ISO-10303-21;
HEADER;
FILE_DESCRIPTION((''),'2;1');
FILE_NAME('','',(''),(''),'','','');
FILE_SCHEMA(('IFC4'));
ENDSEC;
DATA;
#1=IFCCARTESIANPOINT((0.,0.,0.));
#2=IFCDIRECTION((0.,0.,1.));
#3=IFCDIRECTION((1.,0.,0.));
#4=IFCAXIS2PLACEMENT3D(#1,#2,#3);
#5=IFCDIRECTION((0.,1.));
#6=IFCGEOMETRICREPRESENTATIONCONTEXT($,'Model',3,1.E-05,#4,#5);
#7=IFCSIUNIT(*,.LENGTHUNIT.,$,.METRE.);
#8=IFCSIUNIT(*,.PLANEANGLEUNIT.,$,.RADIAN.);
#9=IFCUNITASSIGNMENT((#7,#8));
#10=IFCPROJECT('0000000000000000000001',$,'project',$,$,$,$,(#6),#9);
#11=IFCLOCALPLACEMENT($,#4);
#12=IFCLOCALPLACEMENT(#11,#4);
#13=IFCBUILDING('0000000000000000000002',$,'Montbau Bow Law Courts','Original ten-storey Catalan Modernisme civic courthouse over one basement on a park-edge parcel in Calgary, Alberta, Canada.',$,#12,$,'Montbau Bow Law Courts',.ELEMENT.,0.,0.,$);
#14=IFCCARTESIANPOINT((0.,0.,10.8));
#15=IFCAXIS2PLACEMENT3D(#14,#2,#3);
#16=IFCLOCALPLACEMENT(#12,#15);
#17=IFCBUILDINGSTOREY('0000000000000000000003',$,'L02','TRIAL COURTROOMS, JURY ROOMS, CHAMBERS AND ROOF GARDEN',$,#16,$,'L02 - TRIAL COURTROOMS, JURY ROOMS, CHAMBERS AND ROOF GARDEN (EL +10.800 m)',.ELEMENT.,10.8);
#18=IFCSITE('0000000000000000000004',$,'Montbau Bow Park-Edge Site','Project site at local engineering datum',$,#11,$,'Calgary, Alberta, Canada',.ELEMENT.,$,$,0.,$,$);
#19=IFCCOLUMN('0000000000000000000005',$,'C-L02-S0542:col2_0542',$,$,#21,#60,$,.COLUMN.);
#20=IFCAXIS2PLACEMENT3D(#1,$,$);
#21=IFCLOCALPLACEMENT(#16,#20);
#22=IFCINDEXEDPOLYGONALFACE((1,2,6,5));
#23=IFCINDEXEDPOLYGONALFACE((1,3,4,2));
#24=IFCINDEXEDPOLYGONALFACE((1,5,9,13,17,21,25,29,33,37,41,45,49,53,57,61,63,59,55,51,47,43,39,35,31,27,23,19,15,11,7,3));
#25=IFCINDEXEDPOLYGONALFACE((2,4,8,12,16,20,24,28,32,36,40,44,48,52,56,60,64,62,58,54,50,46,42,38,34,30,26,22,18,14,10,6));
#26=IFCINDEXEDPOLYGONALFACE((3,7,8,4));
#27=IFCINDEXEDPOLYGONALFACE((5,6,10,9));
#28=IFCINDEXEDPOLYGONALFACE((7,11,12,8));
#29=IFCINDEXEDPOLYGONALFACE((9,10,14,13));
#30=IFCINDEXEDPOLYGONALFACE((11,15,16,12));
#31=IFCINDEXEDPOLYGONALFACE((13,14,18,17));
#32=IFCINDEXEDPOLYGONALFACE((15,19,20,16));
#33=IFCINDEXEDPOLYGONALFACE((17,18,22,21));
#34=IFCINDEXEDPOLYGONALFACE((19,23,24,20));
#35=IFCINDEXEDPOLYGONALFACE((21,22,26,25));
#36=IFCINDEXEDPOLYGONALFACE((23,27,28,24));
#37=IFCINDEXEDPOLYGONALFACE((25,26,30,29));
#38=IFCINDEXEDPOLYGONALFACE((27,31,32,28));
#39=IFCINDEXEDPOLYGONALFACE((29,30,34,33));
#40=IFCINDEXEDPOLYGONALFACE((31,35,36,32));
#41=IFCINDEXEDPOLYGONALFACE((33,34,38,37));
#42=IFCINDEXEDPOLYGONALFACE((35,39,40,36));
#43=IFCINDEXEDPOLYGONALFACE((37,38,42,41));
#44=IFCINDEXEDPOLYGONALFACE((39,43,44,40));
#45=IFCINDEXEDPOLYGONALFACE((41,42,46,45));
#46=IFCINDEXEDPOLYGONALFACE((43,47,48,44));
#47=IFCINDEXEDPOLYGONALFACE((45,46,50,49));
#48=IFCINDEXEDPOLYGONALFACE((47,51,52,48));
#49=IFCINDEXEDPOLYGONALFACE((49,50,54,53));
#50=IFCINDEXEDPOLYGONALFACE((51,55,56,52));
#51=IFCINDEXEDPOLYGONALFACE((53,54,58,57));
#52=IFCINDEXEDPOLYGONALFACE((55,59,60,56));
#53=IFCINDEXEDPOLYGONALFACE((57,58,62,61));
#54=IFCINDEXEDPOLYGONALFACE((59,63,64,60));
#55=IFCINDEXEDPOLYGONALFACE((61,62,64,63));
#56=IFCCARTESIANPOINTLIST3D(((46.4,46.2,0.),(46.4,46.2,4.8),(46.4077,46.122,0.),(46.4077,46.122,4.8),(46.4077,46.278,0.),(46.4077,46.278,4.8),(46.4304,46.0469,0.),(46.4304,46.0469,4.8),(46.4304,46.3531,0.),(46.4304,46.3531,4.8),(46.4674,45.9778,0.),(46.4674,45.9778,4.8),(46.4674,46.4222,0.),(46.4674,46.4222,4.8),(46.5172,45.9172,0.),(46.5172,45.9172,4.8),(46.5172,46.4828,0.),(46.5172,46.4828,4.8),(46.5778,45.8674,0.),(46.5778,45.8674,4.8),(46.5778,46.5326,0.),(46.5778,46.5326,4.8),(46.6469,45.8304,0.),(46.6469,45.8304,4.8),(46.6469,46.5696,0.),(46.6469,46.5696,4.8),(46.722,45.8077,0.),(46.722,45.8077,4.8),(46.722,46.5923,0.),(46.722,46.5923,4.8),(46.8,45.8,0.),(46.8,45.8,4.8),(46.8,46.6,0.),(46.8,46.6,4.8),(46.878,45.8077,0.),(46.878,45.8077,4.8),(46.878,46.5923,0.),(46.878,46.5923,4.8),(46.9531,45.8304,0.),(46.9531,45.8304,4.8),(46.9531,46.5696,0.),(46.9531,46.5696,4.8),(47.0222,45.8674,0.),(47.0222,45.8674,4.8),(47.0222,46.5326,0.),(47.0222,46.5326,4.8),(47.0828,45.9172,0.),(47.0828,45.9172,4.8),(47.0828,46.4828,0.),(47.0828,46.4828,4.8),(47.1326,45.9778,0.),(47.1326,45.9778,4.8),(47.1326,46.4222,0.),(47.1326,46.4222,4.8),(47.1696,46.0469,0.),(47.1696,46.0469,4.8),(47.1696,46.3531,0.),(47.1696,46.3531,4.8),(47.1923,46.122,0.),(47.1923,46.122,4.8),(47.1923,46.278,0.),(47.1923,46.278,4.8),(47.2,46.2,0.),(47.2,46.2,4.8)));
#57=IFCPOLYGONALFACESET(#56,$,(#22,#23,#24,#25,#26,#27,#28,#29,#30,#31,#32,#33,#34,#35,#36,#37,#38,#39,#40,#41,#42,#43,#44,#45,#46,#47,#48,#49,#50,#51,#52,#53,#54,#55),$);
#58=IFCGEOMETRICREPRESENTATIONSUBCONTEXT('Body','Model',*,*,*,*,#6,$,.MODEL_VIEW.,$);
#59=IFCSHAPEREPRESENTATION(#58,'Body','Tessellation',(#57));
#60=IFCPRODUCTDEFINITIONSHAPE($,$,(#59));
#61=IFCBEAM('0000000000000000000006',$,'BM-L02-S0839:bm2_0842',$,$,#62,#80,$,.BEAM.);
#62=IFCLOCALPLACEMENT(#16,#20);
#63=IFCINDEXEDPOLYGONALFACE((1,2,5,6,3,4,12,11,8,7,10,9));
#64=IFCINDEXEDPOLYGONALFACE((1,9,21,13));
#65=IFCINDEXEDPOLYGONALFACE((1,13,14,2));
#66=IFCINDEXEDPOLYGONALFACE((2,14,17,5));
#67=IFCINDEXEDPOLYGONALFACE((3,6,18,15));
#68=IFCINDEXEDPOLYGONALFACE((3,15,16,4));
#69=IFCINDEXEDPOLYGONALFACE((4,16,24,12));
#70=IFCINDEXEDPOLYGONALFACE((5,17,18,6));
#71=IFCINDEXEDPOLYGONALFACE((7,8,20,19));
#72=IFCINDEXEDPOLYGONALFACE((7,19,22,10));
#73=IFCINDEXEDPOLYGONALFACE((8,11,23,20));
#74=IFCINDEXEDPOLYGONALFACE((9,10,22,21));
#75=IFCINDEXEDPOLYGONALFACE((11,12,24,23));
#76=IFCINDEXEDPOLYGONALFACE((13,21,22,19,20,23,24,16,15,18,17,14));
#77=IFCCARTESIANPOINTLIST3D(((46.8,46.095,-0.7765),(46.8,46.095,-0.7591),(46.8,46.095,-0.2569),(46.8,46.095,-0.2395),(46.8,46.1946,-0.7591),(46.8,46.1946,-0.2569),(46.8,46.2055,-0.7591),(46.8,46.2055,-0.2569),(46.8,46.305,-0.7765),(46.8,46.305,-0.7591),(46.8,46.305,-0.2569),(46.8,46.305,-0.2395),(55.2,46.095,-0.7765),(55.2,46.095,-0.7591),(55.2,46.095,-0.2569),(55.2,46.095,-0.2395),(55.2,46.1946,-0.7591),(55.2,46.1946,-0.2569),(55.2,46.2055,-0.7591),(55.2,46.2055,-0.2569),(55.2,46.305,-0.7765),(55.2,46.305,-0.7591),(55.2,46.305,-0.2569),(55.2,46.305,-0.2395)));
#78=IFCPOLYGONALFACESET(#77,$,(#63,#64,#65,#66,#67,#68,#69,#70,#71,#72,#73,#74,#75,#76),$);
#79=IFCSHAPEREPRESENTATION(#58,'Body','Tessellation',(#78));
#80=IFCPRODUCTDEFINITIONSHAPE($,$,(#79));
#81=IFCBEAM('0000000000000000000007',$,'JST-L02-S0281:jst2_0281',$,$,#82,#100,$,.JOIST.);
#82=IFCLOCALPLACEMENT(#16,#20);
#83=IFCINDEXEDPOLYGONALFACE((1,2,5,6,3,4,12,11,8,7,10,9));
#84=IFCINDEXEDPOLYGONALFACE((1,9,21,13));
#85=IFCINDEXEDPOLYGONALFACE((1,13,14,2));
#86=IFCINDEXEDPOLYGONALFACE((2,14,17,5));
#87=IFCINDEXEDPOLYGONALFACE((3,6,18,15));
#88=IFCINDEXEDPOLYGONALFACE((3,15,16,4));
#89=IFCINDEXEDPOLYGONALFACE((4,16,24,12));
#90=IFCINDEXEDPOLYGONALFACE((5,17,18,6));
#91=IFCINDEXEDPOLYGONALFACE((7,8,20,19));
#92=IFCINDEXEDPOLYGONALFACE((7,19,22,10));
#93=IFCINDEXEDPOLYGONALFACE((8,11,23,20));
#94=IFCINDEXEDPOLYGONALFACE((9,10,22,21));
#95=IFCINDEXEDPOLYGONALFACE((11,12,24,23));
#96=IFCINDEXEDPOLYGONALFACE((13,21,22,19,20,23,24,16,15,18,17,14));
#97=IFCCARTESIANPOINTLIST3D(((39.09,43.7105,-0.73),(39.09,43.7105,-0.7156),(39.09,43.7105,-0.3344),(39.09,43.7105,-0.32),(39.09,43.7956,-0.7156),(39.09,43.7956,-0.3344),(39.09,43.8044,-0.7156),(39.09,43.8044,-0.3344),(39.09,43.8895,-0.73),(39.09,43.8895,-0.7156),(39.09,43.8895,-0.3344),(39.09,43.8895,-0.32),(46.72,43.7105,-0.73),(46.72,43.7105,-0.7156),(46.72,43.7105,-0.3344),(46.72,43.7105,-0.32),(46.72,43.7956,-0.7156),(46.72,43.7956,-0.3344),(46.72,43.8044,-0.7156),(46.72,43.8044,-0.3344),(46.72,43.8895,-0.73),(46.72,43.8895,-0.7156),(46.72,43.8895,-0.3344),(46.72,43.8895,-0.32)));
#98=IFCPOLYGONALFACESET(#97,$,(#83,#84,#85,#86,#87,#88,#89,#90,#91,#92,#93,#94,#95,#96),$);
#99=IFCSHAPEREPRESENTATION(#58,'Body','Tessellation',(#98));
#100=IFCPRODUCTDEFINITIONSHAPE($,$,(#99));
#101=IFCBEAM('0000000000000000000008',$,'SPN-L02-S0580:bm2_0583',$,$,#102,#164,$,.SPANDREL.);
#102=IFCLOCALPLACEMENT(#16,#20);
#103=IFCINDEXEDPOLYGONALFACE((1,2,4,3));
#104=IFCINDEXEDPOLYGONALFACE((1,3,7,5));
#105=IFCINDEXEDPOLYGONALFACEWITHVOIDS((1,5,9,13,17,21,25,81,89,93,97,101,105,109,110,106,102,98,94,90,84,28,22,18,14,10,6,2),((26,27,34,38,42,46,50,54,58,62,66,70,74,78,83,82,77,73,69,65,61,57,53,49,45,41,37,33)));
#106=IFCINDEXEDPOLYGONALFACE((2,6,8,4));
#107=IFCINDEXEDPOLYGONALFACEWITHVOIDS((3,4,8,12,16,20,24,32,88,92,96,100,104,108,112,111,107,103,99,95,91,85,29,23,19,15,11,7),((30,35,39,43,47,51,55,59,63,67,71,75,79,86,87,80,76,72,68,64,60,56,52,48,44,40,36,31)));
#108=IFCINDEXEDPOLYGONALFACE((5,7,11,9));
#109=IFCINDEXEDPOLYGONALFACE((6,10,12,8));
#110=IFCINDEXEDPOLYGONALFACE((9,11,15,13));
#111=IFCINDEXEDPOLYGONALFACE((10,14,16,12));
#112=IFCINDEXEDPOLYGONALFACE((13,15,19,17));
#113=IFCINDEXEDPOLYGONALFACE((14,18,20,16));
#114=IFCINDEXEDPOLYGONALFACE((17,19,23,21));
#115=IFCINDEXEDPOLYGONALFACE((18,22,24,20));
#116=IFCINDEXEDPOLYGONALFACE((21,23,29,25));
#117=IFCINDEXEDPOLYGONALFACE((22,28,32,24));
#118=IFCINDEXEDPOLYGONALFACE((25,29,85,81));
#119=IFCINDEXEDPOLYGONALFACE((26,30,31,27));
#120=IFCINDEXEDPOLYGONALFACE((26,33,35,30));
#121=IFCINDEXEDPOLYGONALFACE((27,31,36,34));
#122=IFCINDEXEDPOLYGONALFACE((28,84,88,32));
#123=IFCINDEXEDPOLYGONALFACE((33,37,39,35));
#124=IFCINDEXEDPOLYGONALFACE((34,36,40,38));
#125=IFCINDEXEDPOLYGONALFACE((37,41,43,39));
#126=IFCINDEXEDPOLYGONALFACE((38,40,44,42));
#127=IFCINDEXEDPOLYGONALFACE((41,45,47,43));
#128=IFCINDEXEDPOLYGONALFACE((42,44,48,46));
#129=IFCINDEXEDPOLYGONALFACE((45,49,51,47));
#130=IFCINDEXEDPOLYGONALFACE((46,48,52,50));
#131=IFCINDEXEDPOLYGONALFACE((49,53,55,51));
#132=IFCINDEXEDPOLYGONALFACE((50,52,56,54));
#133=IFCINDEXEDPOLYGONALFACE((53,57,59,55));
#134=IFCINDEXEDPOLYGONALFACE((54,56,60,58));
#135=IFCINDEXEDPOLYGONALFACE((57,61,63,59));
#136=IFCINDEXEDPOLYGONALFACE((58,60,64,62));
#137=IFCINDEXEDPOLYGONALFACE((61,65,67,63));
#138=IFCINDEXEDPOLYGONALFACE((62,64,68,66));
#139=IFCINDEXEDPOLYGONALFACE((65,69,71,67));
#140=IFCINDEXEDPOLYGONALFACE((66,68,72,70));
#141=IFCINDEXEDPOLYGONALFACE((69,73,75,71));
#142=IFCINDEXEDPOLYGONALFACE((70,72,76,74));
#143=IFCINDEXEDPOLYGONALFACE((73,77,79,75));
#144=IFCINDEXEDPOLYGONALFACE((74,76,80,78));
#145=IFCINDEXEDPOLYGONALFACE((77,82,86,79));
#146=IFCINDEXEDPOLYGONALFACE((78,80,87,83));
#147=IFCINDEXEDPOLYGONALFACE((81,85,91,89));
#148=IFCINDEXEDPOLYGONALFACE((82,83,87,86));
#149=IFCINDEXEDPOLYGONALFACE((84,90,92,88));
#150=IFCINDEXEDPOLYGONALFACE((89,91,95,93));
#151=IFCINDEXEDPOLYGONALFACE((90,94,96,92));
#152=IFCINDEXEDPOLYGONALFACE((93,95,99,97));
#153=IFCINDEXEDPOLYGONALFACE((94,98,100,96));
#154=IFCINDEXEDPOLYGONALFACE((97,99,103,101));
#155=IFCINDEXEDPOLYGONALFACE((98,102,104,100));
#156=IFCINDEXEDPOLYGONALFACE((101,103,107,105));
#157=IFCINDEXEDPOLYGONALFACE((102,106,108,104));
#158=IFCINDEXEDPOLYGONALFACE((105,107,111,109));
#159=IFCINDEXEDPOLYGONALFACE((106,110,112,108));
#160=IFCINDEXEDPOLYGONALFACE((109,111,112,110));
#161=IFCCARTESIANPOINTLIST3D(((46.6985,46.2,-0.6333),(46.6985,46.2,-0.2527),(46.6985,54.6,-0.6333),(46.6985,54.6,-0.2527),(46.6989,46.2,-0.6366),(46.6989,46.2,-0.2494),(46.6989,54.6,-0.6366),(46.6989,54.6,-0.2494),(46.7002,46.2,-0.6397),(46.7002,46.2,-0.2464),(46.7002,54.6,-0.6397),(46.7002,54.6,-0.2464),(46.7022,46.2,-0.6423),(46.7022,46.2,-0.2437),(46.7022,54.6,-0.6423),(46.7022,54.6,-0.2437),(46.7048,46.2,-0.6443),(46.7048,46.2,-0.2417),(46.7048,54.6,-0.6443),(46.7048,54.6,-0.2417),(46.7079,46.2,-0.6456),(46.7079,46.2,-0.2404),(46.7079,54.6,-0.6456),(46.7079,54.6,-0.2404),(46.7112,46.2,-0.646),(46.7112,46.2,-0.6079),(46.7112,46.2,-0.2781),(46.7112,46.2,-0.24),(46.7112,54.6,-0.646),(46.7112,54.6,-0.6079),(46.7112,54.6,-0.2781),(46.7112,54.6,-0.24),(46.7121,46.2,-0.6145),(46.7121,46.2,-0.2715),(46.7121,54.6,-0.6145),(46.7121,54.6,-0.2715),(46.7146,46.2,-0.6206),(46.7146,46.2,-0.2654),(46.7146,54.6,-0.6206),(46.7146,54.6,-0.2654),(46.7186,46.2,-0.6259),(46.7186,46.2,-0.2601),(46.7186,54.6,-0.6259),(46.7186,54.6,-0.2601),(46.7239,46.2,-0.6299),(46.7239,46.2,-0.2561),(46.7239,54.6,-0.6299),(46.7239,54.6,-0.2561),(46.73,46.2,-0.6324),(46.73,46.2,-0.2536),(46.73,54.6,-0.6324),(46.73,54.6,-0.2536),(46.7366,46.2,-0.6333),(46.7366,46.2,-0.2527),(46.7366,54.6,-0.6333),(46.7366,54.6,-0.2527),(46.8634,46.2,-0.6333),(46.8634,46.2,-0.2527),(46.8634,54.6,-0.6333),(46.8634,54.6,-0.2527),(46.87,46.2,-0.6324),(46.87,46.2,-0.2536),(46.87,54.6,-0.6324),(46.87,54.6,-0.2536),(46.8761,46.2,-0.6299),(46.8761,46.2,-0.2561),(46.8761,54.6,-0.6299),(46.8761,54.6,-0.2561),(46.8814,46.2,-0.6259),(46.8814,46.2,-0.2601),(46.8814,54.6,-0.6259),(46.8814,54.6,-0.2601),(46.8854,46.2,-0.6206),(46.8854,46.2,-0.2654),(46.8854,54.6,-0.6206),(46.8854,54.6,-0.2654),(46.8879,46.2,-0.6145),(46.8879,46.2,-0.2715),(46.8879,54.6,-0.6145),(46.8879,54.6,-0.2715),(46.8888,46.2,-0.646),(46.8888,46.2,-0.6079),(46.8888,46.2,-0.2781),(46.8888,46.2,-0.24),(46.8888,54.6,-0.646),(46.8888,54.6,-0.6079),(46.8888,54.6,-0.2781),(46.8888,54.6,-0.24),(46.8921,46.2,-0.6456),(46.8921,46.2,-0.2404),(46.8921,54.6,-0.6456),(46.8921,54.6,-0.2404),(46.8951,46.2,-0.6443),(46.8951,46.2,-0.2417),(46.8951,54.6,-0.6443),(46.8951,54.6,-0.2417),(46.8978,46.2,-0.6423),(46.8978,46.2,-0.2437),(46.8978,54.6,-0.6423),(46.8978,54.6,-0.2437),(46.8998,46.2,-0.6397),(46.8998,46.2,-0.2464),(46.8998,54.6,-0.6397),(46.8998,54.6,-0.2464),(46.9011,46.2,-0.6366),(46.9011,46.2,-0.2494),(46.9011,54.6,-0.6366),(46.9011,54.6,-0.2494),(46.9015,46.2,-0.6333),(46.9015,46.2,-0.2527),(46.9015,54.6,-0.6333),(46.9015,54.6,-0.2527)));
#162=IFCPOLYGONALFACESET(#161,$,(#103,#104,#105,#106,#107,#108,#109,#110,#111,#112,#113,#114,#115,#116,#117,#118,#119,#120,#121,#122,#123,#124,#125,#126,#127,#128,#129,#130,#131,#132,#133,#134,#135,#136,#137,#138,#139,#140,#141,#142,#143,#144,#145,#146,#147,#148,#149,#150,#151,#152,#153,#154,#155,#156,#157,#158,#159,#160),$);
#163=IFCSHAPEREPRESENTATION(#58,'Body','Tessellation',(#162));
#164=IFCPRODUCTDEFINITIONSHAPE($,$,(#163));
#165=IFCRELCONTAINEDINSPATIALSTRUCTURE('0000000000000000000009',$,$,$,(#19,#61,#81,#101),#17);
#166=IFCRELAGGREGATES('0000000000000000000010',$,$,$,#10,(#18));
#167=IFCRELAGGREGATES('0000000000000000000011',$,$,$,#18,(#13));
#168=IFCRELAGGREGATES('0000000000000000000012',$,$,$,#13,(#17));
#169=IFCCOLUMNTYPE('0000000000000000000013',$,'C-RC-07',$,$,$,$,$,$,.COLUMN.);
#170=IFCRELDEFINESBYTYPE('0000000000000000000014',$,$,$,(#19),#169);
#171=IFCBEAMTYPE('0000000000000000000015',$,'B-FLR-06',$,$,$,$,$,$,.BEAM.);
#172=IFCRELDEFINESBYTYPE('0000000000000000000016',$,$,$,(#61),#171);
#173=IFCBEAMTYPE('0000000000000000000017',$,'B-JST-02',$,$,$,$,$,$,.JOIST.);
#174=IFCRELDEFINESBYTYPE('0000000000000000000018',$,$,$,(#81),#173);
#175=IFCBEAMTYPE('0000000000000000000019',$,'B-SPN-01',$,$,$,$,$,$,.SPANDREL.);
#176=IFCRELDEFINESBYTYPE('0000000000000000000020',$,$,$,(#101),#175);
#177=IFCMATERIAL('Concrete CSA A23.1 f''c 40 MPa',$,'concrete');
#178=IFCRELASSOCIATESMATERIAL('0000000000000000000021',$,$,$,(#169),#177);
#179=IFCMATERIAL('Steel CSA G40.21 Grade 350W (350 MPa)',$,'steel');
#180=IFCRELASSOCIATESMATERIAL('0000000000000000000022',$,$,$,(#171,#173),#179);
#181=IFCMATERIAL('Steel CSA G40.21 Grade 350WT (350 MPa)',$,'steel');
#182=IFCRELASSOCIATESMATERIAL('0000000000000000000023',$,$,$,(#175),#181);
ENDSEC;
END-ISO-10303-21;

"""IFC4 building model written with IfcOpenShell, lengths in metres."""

from ifc_helpers import new_model, si_unit, direction, frame, origin_with_axes, origin_2d_with_axis, place, context, subcontext, project, spatial, hollow_rectangle, circle, i_section, extrude, material, material_profile, profile_set, type_object, element, save


model = new_model("IFC4")

# Units and contexts
model_context = context("Model", 3, precision=1e-05, world=origin_with_axes(), true_north=direction((0.0, 1.0)))
body_context = subcontext(model_context, "Body", "Model", "MODEL_VIEW")
ifc_project = project(units=[si_unit("LENGTHUNIT", "METRE"), si_unit("PLANEANGLEUNIT", "RADIAN")], contexts=[model_context])

# Site, building, storey
site_placement = place(None, origin_with_axes())
site = spatial("IfcSite", under=ifc_project, at=site_placement, Name="Montbau Bow Park-Edge Site", Description="Project site at local engineering datum", LongName="Calgary, Alberta, Canada", CompositionType="ELEMENT", RefElevation=0.0)
building_placement = place(site_placement, origin_with_axes())
building = spatial("IfcBuilding", under=site, at=building_placement, Name="Montbau Bow Law Courts", Description="Original ten-storey Catalan Modernisme civic courthouse over one basement on a park-edge parcel in Calgary, Alberta, Canada.", LongName="Montbau Bow Law Courts", CompositionType="ELEMENT", ElevationOfRefHeight=0.0, ElevationOfTerrain=0.0)
storey_placement = place(building_placement, frame((0.0, 0.0, 10.8), z_axis=(0.0, 0.0, 1.0), x_axis=(1.0, 0.0, 0.0)))
storey = spatial("IfcBuildingStorey", under=building, at=storey_placement, Name="L02", Description="TRIAL COURTROOMS, JURY ROOMS, CHAMBERS AND ROOF GARDEN", LongName="L02 - TRIAL COURTROOMS, JURY ROOMS, CHAMBERS AND ROOF GARDEN (EL +10.800 m)", CompositionType="ELEMENT", Elevation=10.8)

# Column
ifc_material_1 = material(Name="Concrete CSA A23.1 f'c 40 MPa", Category="concrete")
ifc_material_profile_1 = material_profile(ifc_material_1, circle(Radius=0.4, at=origin_2d_with_axis()), Name="RC800D", Category="Main", Priority=0)
ifc_profile_set_1 = profile_set([ifc_material_profile_1], Name="Concrete CSA A23.1 f'c 40 MPa")
column_type = type_object("IfcColumnType", Name="C-RC-07", PredefinedType="COLUMN", material=ifc_profile_set_1)
column_placement = place(None, frame((46.8, 46.2, 10.8), z_axis=(0.0, 0.0, 1.0), x_axis=(1.0, 0.0, 0.0)))
element("IfcColumn", 1, at=column_placement, inside=storey, type_object=column_type, Name="C-L02-S0542:col2_0542", PredefinedType="COLUMN", context=body_context, shape_type="SweptSolid", body=[
    extrude(circle(Radius=0.4, at=origin_2d_with_axis()), origin_with_axes(), (0.0, 0.0, 1.0), 4.8),
])

# Beams
ifc_material_2 = material(Name="Steel CSA G40.21 Grade 350W (350 MPa)", Category="steel")
ifc_material_profile_2 = material_profile(ifc_material_2, i_section(OverallWidth=0.21, OverallDepth=0.537, WebThickness=0.0109, FlangeThickness=0.0174, at=origin_2d_with_axis()), Name="W530X101", Category="Main", Priority=0)
ifc_profile_set_2 = profile_set([ifc_material_profile_2], Name="Steel CSA G40.21 Grade 350W (350 MPa)")
beam_type_1 = type_object("IfcBeamType", Name="B-FLR-06", PredefinedType="BEAM", material=ifc_profile_set_2)
beam_1_placement = place(None, frame((46.8, 46.2, 10.292), z_axis=(1.0, 0.0, 0.0), x_axis=(0.0, 1.0, 0.0)))
element("IfcBeam", 2, at=beam_1_placement, inside=storey, type_object=beam_type_1, Name="BM-L02-S0839:bm2_0842", PredefinedType="BEAM", context=body_context, shape_type="SweptSolid", body=[
    extrude(i_section(OverallWidth=0.21, OverallDepth=0.537, WebThickness=0.0109, FlangeThickness=0.0174, at=origin_2d_with_axis()), origin_with_axes(), (0.0, 0.0, 1.0), 8.4),
])
ifc_material_profile_3 = material_profile(ifc_material_2, i_section(OverallWidth=0.179, OverallDepth=0.41, WebThickness=0.0088, FlangeThickness=0.0144, at=origin_2d_with_axis()), Name="W410X67", Category="Main", Priority=0)
ifc_profile_set_3 = profile_set([ifc_material_profile_3], Name="Steel CSA G40.21 Grade 350W (350 MPa)")
beam_type_2 = type_object("IfcBeamType", Name="B-JST-02", PredefinedType="JOIST", material=ifc_profile_set_3)
beam_2_placement = place(None, frame((39.09, 43.8, 10.275), z_axis=(1.0, 0.0, 0.0), x_axis=(0.0, 1.0, 0.0)))
element("IfcBeam", 3, at=beam_2_placement, inside=storey, type_object=beam_type_2, Name="JST-L02-S0281:jst2_0281", PredefinedType="JOIST", context=body_context, shape_type="SweptSolid", body=[
    extrude(i_section(OverallWidth=0.179, OverallDepth=0.41, WebThickness=0.0088, FlangeThickness=0.0144, at=origin_2d_with_axis()), origin_with_axes(), (0.0, 0.0, 1.0), 7.63),
])
ifc_material_3 = material(Name="Steel CSA G40.21 Grade 350WT (350 MPa)", Category="steel")
ifc_material_profile_4 = material_profile(ifc_material_3, hollow_rectangle(XDim=0.203, YDim=0.406, WallThickness=0.0127, InnerFilletRadius=0.0254, OuterFilletRadius=0.0127, at=origin_2d_with_axis()), Name="HSS406X203X13", Category="Main", Priority=0)
ifc_profile_set_4 = profile_set([ifc_material_profile_4], Name="Steel CSA G40.21 Grade 350WT (350 MPa)")
beam_type_3 = type_object("IfcBeamType", Name="B-SPN-01", PredefinedType="SPANDREL", material=ifc_profile_set_4)
beam_3_placement = place(None, frame((46.8, 46.2, 10.357), z_axis=(0.0, 1.0, 0.0), x_axis=(-1.0, 0.0, 0.0)))
element("IfcBeam", 4, at=beam_3_placement, inside=storey, type_object=beam_type_3, Name="SPN-L02-S0580:bm2_0583", PredefinedType="SPANDREL", context=body_context, shape_type="SweptSolid", body=[
    extrude(hollow_rectangle(XDim=0.203, YDim=0.406, WallThickness=0.0127, InnerFilletRadius=0.0254, OuterFilletRadius=0.0127, at=origin_2d_with_axis()), origin_with_axes(), (0.0, 0.0, 1.0), 8.4),
])

save(model, "model.ifc")
